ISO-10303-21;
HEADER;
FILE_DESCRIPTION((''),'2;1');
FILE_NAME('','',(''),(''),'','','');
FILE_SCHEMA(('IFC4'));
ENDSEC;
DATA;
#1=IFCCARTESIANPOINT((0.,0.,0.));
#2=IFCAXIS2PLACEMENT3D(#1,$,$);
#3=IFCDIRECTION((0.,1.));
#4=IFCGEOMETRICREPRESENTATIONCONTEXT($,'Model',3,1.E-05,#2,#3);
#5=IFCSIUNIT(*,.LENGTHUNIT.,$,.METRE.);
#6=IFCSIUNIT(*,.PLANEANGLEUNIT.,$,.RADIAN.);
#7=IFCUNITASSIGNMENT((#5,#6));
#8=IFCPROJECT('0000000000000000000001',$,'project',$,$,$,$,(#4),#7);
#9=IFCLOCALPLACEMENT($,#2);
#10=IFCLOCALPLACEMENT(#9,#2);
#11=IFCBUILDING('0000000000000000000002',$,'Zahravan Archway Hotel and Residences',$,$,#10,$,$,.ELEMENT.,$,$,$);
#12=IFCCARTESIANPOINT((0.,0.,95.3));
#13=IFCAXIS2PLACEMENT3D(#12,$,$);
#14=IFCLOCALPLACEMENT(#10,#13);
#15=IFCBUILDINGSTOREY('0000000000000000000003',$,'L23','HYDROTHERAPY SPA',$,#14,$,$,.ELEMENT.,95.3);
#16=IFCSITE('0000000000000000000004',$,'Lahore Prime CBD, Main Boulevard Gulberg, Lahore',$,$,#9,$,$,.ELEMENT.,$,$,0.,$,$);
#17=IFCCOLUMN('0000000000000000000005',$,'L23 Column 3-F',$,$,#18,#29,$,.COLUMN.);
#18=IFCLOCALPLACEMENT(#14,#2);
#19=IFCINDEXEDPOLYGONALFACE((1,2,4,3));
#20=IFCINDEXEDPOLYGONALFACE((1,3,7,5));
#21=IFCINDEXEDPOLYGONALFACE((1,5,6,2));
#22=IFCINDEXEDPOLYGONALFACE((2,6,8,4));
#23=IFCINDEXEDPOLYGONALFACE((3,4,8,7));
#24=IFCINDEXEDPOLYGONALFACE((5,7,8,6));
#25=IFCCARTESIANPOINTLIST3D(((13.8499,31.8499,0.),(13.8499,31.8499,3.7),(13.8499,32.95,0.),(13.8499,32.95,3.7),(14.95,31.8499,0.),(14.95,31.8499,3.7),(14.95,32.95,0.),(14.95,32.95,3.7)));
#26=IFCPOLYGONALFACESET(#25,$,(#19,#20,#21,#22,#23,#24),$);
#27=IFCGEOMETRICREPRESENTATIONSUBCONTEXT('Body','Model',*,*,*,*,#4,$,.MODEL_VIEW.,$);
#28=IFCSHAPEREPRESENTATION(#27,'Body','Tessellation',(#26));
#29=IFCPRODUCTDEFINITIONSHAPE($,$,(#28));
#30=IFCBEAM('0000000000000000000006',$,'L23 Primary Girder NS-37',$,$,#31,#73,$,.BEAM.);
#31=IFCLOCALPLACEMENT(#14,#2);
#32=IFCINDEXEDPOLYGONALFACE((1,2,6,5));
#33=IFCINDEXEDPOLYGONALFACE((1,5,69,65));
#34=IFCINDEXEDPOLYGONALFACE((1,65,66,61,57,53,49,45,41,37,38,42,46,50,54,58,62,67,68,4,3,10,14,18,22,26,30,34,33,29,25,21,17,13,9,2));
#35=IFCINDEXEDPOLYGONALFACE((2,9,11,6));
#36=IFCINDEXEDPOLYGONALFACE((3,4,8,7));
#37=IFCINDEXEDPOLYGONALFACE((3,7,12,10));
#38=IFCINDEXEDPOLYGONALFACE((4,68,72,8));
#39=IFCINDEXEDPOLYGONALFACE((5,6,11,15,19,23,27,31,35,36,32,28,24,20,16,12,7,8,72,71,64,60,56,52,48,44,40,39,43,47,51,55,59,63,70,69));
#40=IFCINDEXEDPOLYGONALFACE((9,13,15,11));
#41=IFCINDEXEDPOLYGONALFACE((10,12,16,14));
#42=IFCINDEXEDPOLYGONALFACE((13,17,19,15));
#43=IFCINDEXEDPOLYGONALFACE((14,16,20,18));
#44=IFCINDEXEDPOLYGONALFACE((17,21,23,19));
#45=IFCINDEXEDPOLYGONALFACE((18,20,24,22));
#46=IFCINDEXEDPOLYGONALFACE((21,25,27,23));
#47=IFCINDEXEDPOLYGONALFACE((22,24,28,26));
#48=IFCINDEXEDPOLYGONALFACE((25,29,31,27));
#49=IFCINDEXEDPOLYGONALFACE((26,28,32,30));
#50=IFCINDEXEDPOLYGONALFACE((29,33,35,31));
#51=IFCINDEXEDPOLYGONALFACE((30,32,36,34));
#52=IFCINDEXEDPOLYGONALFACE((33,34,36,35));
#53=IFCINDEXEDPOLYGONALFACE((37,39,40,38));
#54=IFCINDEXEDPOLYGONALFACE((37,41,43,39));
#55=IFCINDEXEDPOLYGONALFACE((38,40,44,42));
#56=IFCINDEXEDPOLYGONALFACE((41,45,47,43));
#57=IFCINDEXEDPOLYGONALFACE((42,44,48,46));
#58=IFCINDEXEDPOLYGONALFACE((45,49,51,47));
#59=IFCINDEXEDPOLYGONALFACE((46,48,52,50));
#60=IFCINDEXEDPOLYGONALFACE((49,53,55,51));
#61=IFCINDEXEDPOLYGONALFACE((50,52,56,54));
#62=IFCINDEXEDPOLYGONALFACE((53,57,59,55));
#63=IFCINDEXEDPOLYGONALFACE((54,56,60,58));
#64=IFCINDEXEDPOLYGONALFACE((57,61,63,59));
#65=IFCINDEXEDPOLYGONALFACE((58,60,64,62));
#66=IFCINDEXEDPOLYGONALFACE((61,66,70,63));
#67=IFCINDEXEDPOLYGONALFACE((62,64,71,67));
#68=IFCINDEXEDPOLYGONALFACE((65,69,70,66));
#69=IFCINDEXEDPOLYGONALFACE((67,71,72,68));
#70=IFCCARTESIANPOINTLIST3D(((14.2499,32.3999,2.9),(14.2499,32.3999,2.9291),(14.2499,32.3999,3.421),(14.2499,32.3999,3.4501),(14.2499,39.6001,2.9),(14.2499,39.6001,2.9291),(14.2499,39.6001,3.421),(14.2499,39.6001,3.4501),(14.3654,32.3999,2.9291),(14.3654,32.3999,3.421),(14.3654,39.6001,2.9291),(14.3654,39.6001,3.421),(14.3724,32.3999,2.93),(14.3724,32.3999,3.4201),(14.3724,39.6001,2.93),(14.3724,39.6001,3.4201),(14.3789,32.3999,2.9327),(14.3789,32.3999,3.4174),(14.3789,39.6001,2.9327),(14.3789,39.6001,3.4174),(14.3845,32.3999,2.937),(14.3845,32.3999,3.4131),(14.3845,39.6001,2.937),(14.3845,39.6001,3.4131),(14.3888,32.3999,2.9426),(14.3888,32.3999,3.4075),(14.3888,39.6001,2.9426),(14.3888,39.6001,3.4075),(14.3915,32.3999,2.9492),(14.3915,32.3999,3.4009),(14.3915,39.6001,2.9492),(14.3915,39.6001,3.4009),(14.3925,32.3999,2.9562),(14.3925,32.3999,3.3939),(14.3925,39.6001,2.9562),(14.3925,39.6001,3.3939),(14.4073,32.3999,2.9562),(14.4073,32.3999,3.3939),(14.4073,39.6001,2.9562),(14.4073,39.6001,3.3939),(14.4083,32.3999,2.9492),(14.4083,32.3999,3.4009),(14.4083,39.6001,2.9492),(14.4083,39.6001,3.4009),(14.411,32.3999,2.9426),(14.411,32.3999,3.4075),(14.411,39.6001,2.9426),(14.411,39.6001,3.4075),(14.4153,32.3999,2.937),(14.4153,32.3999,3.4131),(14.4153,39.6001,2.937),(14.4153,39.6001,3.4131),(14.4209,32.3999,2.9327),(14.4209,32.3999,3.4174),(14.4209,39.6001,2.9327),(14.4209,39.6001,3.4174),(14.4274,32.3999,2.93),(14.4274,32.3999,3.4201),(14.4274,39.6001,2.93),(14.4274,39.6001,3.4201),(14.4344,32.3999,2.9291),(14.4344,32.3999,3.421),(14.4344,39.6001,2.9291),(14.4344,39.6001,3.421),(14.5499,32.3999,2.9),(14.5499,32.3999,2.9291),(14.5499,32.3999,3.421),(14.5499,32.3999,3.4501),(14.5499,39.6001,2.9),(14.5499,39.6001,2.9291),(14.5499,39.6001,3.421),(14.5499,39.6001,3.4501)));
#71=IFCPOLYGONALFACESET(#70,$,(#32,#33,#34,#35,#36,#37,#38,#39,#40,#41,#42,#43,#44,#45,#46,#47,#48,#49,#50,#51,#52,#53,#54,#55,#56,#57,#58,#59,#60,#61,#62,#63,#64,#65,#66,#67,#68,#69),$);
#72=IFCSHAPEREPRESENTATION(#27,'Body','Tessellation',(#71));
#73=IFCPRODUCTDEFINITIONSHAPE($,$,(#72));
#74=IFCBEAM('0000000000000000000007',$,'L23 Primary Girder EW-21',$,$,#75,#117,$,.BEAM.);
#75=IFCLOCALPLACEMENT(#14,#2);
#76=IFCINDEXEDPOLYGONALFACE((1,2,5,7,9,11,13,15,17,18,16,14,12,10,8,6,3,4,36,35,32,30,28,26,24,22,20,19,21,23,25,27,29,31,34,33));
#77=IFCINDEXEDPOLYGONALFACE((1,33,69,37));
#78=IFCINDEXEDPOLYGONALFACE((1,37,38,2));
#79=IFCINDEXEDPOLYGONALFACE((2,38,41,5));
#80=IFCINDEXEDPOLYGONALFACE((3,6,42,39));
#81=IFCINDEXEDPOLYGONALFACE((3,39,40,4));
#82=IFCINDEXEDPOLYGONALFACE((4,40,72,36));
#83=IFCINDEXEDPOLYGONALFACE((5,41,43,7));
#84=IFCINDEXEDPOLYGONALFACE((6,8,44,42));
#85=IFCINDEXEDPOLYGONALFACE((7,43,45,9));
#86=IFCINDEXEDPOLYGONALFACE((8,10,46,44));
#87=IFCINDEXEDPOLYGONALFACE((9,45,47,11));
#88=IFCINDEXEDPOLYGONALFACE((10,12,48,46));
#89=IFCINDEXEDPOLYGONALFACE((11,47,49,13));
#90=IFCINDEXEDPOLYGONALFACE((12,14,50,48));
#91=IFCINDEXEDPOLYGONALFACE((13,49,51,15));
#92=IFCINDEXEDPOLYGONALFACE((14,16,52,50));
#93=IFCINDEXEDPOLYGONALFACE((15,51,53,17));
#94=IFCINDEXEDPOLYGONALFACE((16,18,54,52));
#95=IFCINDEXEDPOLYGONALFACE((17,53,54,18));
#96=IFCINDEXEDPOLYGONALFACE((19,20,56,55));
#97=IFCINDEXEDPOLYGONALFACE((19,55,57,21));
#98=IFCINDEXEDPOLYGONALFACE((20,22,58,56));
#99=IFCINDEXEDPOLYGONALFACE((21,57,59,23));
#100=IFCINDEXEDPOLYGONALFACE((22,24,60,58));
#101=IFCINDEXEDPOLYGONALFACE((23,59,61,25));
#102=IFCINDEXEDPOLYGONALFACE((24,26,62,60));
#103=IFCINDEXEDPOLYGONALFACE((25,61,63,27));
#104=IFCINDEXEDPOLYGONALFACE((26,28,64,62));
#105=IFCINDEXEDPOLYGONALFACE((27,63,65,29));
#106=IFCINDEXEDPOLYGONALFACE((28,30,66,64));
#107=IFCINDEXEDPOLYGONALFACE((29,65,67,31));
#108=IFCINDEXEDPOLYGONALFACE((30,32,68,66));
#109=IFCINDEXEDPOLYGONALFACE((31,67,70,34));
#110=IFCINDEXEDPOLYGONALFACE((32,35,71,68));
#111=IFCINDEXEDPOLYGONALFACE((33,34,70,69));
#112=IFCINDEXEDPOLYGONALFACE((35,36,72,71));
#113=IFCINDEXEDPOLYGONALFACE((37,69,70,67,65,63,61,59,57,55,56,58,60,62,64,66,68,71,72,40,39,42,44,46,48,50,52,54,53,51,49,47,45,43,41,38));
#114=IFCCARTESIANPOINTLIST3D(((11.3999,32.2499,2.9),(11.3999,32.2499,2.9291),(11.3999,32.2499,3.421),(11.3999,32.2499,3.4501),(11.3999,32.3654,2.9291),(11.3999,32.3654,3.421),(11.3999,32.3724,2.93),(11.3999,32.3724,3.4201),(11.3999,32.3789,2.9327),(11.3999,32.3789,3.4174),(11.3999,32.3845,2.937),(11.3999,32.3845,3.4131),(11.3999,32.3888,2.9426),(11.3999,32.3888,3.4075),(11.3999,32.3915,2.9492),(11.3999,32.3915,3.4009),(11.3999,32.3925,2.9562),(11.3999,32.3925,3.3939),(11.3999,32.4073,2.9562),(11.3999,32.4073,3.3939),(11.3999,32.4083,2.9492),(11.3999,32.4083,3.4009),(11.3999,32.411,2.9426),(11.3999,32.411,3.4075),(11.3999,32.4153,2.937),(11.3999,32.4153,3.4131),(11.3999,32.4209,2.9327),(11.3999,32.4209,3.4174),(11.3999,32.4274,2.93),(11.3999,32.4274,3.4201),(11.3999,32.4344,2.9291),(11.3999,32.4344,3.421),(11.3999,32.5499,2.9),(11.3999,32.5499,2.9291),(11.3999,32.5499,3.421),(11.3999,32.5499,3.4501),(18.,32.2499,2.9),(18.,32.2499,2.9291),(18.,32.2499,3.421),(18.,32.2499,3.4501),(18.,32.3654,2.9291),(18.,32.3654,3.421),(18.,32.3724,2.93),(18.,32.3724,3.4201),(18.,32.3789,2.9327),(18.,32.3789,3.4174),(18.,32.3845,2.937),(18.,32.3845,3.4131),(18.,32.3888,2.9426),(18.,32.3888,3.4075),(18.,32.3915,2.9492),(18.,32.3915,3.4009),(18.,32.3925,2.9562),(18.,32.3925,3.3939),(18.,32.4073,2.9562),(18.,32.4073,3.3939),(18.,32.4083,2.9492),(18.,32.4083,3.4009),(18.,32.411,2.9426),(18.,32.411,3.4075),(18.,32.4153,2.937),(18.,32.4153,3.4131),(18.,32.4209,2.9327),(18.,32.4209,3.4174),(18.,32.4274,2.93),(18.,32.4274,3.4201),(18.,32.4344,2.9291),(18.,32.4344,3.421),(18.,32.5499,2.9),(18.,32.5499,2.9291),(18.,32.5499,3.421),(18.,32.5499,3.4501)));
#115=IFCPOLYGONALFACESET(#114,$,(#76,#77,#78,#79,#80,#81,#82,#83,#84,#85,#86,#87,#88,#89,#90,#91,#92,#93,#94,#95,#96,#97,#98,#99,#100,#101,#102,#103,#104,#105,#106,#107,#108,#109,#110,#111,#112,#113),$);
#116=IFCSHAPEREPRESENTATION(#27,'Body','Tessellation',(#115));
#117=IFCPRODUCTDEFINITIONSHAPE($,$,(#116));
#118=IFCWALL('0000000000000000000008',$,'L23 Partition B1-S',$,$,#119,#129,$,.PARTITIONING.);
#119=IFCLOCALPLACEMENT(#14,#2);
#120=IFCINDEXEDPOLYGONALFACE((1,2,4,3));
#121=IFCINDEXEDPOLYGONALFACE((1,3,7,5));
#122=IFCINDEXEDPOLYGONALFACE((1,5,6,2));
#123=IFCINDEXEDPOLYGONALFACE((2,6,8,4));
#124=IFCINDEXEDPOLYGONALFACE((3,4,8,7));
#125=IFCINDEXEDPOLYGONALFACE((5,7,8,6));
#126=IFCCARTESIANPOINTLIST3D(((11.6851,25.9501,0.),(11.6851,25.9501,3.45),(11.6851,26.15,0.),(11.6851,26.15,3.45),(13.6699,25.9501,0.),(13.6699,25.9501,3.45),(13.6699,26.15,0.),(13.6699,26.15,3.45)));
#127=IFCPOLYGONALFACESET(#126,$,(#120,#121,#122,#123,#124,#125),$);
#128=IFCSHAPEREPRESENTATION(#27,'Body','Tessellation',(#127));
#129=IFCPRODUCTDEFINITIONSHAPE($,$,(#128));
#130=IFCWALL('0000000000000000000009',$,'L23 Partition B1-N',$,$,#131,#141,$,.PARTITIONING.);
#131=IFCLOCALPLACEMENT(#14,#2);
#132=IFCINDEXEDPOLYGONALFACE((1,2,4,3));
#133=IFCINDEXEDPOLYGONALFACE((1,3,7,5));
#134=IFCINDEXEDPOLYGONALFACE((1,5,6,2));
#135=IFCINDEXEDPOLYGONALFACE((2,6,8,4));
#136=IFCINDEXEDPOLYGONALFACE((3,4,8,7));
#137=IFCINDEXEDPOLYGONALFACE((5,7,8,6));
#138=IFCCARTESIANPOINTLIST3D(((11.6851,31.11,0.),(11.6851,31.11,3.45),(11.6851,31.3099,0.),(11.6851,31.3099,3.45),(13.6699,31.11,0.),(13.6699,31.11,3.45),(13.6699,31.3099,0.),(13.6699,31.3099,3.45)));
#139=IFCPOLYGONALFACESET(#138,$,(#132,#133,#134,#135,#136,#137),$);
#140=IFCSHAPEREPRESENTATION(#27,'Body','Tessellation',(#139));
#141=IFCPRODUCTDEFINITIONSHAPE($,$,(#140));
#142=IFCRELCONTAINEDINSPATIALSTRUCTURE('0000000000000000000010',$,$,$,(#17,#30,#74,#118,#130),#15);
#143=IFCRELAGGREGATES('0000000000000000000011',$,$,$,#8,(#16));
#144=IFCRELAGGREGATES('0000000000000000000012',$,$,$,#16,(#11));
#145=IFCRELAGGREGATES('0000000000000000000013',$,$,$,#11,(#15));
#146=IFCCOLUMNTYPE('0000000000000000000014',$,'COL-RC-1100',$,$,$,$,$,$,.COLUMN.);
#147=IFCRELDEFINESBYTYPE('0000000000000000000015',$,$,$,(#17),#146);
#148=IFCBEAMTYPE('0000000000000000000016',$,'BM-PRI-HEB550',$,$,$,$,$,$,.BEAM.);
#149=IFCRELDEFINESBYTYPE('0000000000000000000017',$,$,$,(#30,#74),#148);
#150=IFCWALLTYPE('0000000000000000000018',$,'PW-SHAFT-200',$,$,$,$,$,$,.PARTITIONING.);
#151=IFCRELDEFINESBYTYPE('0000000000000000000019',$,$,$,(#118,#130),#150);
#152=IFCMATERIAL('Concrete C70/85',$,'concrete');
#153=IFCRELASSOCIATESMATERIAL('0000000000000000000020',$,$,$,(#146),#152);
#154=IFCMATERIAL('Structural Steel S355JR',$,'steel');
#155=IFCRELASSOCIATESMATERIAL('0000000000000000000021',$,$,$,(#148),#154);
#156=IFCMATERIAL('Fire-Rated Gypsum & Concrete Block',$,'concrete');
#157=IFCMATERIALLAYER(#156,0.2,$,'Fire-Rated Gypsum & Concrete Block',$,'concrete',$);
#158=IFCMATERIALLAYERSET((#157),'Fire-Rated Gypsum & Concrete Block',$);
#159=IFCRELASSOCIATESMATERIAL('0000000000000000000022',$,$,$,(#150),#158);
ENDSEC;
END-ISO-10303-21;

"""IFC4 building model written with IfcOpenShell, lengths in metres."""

from ifc_helpers import new_model, si_unit, direction, frame, frame_2d, origin, origin_2d, place, context, subcontext, project, spatial, rectangle, i_section, extrude, source, transform, mapped, material, layer, layer_set, material_profile, profile_set, type_object, type_shapes, element, save


model = new_model("IFC4")

# Units and contexts
model_context = context("Model", 3, precision=1e-05, world=origin(), true_north=direction((0.0, 1.0)))
body_context = subcontext(model_context, "Body", "Model", "MODEL_VIEW")
ifc_project = project(units=[si_unit("LENGTHUNIT", "METRE"), si_unit("PLANEANGLEUNIT", "RADIAN")], contexts=[model_context])

# Site, building, storey
site_placement = place(None, origin())
site = spatial("IfcSite", under=ifc_project, at=site_placement, Name="Lahore Prime CBD, Main Boulevard Gulberg, Lahore", CompositionType="ELEMENT", RefElevation=0.0)
building_placement = place(site_placement, origin())
building = spatial("IfcBuilding", under=site, at=building_placement, Name="Zahravan Archway Hotel and Residences", CompositionType="ELEMENT")
storey_placement = place(building_placement, frame((0.0, 0.0, 95.3)))
storey = spatial("IfcBuildingStorey", under=building, at=storey_placement, Name="L23", Description="HYDROTHERAPY SPA", CompositionType="ELEMENT", Elevation=95.3)

# Column
ifc_material_1 = material(Name="Concrete C70/85", Category="concrete")
ifc_material_profile_1 = material_profile(ifc_material_1, rectangle(XDim=1.1001, YDim=1.1001, at=origin_2d()), Name="RC 1100x1100", Category="concrete")
ifc_profile_set_1 = profile_set([ifc_material_profile_1], Name="Concrete C70/85")
column_type = type_object("IfcColumnType", Name="COL-RC-1100", PredefinedType="COLUMN", material=ifc_profile_set_1)
shared_shape_1 = source(origin(), body_context, "Body", "SweptSolid", [
    extrude(rectangle(XDim=1.1001, YDim=1.1001, at=origin_2d()), origin(), (0.0, 0.0, 1.0), 3.7),
])
column_placement = place(storey_placement, frame((14.3999, 32.3999, 0.0), z_axis=(0.0, 0.0, 1.0), x_axis=(1.0, 0.0, 0.0)))
element("IfcColumn", 1, at=column_placement, inside=storey, type_object=column_type, Name="L23 Column 3-F", PredefinedType="COLUMN", context=body_context, shape_type="MappedRepresentation", body=[
    mapped(shared_shape_1, transform((0.0, 0.0, 0.0), scale=1.0)),
])

# Beams
ifc_material_2 = material(Name="Structural Steel S355JR", Category="steel")
ifc_material_profile_2 = material_profile(ifc_material_2, i_section(OverallWidth=0.3, OverallDepth=0.55, WebThickness=0.0149, FlangeThickness=0.0291, FilletRadius=0.0271, at=origin_2d()), Name="HEB 550", Category="steel")
ifc_profile_set_2 = profile_set([ifc_material_profile_2], Name="Structural Steel S355JR")
beam_type = type_object("IfcBeamType", Name="BM-PRI-HEB550", PredefinedType="BEAM", material=ifc_profile_set_2)
shared_shape_2 = source(origin(), body_context, "Body", "SweptSolid", [
    extrude(i_section(OverallWidth=0.3, OverallDepth=0.55, WebThickness=0.0149, FlangeThickness=0.0291, FilletRadius=0.0271, at=origin_2d()), origin(), (0.0, 0.0, 1.0), 7.2002),
])
type_shapes(beam_type, [shared_shape_2])
beam_1_placement = place(storey_placement, frame((14.3999, 32.3999, 3.175), z_axis=(0.0, 1.0, 0.0), x_axis=(-1.0, 0.0, 0.0)))
element("IfcBeam", 2, at=beam_1_placement, inside=storey, type_object=beam_type, Name="L23 Primary Girder NS-37", PredefinedType="BEAM", context=body_context, shape_type="MappedRepresentation", body=[
    mapped(shared_shape_2, transform((0.0, 0.0, 0.0), scale=1.0)),
])
shared_shape_3 = source(origin(), body_context, "Body", "SweptSolid", [
    extrude(i_section(OverallWidth=0.3, OverallDepth=0.55, WebThickness=0.0149, FlangeThickness=0.0291, FilletRadius=0.0271, at=origin_2d()), origin(), (0.0, 0.0, 1.0), 6.6001),
])
beam_2_placement = place(storey_placement, frame((11.3999, 32.3999, 3.175), z_axis=(1.0, 0.0, 0.0), x_axis=(0.0, 1.0, 0.0)))
element("IfcBeam", 3, at=beam_2_placement, inside=storey, type_object=beam_type, Name="L23 Primary Girder EW-21", PredefinedType="BEAM", context=body_context, shape_type="MappedRepresentation", body=[
    mapped(shared_shape_3, transform((0.0, 0.0, 0.0), scale=1.0)),
])

# Walls
ifc_material_3 = material(Name="Fire-Rated Gypsum & Concrete Block", Category="concrete")
ifc_layer_1 = layer(ifc_material_3, 0.2, Name="Fire-Rated Gypsum & Concrete Block", Category="concrete")
ifc_layer_set_1 = layer_set([ifc_layer_1], Name="Fire-Rated Gypsum & Concrete Block")
wall_type_1 = type_object("IfcWallType", Name="PW-SHAFT-200", PredefinedType="PARTITIONING", material=ifc_layer_set_1)
for number, where, z_axis, x_axis, name in (
    (4, (11.6851, 26.05, 0.0), (0.0, 0.0, 1.0), (1.0, 0.0, 0.0), "L23 Partition B1-S"),
    (5, (11.6851, 31.21, 0.0), (0.0, 0.0, 1.0), (1.0, 0.0, 0.0), "L23 Partition B1-N"),
):
    element("IfcWall", number, at=place(storey_placement, frame(where, z_axis=z_axis, x_axis=x_axis)), inside=storey, type_object=wall_type_1, Name=name, PredefinedType="PARTITIONING", context=body_context, shape_type="SweptSolid", body=[
        extrude(rectangle(XDim=1.9849, YDim=0.2, at=frame_2d((0.9924, 0.0))), origin(), (0.0, 0.0, 1.0), 3.45),
    ])

save(model, "model.ifc")
